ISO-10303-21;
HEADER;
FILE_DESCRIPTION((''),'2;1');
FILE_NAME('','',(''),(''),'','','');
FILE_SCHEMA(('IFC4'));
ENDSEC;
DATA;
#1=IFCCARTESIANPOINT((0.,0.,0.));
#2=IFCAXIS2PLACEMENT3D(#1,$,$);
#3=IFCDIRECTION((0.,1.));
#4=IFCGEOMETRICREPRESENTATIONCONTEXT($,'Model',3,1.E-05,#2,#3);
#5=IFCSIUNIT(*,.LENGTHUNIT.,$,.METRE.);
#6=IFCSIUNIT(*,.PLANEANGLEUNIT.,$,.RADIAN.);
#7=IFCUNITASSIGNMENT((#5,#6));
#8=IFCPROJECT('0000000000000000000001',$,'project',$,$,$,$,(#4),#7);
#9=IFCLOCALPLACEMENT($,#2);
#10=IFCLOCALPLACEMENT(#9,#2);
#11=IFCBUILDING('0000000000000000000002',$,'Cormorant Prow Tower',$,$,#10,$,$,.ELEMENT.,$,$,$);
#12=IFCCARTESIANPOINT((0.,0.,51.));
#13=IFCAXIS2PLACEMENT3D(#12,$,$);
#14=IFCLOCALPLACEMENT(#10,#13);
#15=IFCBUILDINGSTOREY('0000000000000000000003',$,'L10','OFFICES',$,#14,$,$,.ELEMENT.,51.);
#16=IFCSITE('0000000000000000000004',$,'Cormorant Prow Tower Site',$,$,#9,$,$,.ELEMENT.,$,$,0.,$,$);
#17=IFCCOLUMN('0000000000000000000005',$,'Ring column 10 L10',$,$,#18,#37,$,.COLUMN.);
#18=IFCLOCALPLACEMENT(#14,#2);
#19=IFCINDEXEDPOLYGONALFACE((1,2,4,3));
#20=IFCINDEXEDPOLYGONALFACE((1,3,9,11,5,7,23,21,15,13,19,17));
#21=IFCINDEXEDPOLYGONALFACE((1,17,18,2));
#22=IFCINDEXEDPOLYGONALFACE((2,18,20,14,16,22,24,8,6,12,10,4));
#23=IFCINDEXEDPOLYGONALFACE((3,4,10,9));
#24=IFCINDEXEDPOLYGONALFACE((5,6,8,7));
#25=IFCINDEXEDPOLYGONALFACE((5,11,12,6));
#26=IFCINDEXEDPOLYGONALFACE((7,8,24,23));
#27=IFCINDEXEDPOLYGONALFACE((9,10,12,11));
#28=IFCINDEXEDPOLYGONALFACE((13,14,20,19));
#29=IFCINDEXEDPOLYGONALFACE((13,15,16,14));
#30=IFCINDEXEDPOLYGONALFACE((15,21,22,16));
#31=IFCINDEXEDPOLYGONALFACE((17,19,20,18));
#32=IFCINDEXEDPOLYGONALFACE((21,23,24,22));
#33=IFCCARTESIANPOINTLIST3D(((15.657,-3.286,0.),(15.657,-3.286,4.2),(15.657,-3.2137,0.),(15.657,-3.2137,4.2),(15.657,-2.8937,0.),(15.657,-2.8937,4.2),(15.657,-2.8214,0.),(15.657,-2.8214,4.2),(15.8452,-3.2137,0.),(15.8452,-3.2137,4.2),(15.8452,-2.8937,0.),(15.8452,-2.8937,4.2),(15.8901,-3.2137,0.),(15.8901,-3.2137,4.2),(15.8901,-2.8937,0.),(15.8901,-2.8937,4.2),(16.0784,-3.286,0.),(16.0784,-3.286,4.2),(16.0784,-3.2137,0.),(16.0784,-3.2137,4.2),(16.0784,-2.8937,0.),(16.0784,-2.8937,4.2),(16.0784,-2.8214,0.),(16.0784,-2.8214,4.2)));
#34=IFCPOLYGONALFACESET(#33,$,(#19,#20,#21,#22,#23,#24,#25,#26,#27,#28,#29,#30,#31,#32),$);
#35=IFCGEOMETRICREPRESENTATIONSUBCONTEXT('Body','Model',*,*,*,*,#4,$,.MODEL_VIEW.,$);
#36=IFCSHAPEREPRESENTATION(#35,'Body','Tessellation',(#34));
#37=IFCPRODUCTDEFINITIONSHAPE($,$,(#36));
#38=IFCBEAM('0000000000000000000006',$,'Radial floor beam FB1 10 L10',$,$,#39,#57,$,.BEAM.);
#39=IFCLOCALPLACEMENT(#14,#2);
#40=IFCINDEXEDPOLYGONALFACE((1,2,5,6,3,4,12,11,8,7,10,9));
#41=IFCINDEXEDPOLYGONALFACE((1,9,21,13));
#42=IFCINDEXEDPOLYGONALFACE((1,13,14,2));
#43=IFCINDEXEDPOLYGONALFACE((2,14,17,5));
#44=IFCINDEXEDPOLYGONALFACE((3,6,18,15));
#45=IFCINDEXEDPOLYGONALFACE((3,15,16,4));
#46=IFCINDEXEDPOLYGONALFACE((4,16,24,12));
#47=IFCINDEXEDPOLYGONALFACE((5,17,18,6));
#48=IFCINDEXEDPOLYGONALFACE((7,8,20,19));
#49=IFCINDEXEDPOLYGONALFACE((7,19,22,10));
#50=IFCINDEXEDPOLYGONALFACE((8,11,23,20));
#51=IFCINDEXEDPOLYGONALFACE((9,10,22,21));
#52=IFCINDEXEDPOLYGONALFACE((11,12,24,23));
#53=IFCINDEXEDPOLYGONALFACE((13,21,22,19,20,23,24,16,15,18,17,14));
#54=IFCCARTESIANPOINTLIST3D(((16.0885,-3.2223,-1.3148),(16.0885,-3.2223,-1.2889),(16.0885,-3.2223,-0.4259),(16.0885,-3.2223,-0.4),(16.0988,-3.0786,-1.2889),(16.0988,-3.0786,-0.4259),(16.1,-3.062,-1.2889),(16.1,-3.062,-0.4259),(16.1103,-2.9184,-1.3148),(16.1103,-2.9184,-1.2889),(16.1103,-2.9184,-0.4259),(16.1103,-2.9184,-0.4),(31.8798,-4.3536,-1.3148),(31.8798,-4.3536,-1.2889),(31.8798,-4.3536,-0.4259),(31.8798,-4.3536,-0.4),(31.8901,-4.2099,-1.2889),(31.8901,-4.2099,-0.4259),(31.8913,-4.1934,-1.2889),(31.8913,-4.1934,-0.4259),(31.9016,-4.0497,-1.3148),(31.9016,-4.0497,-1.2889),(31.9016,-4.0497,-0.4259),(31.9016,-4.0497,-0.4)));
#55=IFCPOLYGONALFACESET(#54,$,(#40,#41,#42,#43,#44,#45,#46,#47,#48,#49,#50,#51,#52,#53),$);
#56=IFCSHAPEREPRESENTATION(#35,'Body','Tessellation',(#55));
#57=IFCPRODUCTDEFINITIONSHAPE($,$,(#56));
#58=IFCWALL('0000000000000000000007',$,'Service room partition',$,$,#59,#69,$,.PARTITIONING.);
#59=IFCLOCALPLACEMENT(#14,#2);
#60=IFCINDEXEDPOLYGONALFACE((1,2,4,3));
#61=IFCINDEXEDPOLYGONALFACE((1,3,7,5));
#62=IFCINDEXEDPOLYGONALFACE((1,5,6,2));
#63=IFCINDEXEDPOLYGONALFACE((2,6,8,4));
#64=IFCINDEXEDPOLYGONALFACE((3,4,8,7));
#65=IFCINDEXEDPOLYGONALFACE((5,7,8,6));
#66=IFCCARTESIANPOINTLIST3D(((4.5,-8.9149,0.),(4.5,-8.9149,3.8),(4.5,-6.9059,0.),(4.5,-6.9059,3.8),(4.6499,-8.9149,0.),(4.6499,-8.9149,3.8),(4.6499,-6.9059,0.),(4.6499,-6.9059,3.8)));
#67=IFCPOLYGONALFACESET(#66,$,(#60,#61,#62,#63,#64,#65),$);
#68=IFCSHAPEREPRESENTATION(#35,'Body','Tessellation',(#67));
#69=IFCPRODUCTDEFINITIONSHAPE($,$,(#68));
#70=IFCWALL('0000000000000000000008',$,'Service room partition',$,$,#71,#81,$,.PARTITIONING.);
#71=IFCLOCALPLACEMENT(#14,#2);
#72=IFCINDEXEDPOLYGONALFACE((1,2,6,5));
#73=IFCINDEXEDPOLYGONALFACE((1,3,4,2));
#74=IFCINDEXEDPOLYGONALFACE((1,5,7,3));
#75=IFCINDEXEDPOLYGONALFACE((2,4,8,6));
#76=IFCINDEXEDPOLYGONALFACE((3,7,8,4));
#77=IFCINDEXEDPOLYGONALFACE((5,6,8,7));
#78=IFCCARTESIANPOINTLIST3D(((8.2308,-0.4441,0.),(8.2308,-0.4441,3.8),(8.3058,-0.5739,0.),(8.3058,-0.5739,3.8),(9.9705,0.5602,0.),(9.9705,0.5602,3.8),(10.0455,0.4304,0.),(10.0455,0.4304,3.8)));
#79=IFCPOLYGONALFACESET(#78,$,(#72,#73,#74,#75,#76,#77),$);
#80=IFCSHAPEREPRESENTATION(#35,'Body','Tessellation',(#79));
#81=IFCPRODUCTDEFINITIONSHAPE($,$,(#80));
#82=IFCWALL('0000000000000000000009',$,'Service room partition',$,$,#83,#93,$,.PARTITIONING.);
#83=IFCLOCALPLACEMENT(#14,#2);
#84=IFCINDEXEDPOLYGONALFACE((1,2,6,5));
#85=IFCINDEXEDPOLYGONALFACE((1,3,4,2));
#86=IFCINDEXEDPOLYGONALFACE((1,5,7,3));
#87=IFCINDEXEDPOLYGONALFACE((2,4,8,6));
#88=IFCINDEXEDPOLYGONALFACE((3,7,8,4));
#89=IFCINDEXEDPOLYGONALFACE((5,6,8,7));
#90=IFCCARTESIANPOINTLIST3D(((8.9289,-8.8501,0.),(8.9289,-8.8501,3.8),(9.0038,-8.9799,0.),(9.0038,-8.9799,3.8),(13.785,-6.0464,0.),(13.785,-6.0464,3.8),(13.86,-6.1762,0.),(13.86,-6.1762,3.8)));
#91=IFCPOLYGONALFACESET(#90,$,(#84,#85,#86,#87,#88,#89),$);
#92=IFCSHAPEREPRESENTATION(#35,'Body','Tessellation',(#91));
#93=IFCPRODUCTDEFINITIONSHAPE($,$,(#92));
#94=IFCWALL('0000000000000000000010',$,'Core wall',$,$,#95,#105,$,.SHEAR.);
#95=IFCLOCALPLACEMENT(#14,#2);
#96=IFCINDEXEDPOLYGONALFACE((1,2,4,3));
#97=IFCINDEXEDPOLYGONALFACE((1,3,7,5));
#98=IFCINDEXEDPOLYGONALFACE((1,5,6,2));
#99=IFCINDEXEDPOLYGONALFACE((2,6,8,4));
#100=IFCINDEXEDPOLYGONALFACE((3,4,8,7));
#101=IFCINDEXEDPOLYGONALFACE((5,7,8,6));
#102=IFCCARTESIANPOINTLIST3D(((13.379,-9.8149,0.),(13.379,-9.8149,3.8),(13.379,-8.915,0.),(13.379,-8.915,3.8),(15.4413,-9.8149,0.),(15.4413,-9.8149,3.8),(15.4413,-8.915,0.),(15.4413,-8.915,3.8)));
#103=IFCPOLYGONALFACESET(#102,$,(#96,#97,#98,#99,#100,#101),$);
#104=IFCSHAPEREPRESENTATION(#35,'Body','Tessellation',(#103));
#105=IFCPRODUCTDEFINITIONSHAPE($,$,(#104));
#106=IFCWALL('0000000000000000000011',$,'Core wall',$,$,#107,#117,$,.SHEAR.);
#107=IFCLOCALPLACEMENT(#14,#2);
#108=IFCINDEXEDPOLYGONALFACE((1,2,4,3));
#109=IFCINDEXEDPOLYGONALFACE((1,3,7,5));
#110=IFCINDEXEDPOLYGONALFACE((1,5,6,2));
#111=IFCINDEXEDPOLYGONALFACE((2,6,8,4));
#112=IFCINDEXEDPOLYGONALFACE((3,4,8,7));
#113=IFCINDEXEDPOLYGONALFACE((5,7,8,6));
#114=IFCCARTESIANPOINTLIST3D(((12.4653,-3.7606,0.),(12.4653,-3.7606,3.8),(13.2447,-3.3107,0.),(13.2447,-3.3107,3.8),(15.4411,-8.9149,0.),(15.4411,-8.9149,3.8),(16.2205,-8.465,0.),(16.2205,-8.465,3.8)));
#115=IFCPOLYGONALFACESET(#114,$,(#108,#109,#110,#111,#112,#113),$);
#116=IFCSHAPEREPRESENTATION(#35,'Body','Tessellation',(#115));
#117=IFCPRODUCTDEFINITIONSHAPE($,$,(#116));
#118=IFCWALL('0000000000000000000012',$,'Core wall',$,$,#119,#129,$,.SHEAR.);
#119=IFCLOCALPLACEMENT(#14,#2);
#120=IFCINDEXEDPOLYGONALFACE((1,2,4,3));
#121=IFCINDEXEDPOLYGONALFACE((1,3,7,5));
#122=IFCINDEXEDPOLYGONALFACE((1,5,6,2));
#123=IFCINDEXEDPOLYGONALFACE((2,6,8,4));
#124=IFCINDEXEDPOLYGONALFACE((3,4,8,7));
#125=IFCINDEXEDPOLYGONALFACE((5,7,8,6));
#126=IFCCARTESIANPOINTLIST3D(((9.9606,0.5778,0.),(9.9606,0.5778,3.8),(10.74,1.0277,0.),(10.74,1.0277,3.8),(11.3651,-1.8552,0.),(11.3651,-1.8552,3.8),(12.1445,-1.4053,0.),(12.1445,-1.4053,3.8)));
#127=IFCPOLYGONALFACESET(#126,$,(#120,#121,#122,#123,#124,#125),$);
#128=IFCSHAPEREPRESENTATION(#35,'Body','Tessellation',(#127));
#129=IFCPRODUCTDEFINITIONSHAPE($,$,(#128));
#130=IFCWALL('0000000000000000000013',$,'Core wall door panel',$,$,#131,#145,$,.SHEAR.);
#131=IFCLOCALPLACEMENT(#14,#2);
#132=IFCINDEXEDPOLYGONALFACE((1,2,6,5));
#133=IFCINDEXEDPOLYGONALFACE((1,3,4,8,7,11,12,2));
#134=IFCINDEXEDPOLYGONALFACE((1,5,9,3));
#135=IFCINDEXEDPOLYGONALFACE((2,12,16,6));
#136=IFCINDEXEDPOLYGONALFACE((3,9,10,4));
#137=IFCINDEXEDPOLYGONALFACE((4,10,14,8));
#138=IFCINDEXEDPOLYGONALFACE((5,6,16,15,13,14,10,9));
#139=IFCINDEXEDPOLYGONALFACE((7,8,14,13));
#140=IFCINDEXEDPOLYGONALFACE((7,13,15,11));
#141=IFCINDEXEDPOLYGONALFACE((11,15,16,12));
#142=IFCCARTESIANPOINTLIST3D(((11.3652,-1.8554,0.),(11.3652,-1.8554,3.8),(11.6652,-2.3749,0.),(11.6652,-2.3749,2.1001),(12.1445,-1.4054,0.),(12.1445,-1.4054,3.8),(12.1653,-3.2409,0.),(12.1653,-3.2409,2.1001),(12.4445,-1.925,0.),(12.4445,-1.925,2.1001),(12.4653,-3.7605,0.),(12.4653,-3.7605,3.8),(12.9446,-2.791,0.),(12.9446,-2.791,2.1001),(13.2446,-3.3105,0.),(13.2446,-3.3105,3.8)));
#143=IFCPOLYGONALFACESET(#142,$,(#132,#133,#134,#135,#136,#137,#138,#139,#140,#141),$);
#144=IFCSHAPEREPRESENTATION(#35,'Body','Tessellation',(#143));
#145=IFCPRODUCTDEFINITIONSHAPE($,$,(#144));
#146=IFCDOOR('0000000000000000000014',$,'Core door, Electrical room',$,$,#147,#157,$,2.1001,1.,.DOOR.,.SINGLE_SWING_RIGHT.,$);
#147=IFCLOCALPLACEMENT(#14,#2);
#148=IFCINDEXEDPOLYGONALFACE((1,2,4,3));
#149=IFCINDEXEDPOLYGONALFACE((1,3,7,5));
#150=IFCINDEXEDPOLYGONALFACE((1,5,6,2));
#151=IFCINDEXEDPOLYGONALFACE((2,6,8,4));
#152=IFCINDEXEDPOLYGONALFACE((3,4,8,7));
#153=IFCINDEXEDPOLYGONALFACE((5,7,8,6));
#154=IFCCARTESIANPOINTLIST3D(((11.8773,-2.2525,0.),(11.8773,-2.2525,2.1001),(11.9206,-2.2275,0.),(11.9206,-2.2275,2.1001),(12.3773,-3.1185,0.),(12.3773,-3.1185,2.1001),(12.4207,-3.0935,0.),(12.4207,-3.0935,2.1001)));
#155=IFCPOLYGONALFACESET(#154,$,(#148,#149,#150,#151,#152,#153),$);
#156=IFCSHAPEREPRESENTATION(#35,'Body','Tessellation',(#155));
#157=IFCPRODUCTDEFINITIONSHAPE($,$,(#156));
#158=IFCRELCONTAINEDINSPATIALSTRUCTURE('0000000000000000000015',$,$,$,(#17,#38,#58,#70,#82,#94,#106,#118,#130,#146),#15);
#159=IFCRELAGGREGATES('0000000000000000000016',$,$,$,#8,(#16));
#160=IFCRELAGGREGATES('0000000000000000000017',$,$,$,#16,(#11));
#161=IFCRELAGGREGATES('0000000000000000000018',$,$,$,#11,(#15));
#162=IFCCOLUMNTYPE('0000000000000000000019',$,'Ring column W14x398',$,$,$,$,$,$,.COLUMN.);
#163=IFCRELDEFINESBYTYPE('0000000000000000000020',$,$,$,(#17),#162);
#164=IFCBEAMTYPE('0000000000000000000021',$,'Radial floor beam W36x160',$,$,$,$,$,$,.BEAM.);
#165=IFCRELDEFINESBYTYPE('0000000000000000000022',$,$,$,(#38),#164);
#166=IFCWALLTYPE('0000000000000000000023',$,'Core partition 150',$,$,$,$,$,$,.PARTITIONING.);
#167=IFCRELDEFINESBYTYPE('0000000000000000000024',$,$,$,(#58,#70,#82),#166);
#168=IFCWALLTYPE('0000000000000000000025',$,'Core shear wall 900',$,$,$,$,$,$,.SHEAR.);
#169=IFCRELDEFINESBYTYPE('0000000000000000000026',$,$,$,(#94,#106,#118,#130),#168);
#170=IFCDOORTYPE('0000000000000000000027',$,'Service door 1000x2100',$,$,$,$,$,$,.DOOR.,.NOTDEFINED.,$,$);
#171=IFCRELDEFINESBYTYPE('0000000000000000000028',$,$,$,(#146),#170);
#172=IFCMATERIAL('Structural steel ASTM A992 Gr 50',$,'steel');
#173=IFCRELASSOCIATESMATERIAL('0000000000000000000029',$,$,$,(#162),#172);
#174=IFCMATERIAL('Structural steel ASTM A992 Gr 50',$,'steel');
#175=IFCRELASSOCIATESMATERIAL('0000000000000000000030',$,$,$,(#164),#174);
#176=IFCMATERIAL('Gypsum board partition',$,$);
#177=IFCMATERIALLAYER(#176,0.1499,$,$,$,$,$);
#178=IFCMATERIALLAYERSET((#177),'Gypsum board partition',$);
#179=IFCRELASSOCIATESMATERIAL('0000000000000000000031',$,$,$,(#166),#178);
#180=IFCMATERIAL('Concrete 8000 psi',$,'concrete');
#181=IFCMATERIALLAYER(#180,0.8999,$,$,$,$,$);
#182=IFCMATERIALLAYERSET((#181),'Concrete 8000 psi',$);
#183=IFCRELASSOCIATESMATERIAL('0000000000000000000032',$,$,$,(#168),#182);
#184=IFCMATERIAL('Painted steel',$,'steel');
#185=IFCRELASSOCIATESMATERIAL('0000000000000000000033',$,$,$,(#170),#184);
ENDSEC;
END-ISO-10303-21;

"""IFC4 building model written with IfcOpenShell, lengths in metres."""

from ifc_helpers import new_model, si_unit, direction, frame, frame_2d, origin, origin_2d, place, context, subcontext, project, spatial, rectangle, i_section, extrude, material, layer, layer_set, material_profile, profile_set, type_object, element, fill, save


model = new_model("IFC4")

# Units and contexts
model_context = context("Model", 3, precision=1e-05, world=origin(), true_north=direction((0.0, 1.0)))
body_context = subcontext(model_context, "Body", "Model", "MODEL_VIEW")
ifc_project = project(units=[si_unit("LENGTHUNIT", "METRE"), si_unit("PLANEANGLEUNIT", "RADIAN")], contexts=[model_context])

# Site, building, storey
site_placement = place(None, origin())
site = spatial("IfcSite", under=ifc_project, at=site_placement, Name="Cormorant Prow Tower Site", CompositionType="ELEMENT", RefElevation=0.0)
building_placement = place(site_placement, origin())
building = spatial("IfcBuilding", under=site, at=building_placement, Name="Cormorant Prow Tower", CompositionType="ELEMENT")
storey_placement = place(building_placement, frame((0.0, 0.0, 51.0)))
storey = spatial("IfcBuildingStorey", under=building, at=storey_placement, Name="L10", Description="OFFICES", CompositionType="ELEMENT", Elevation=51.0)

# Column
ifc_material_1 = material(Name="Structural steel ASTM A992 Gr 50", Category="steel")
ifc_material_profile_1 = material_profile(ifc_material_1, i_section(OverallWidth=0.4214, OverallDepth=0.4646, WebThickness=0.0449, FlangeThickness=0.0723, at=origin_2d()), Name="W14x398")
ifc_profile_set_1 = profile_set([ifc_material_profile_1], Name="Structural steel ASTM A992 Gr 50")
column_type = type_object("IfcColumnType", Name="Ring column W14x398", PredefinedType="COLUMN", material=ifc_profile_set_1)
column_placement = place(storey_placement, frame((15.8677, -3.0537, 0.0), z_axis=(0.0, 0.0, 1.0), x_axis=(1.0, 0.0, 0.0)))
element("IfcColumn", 1, at=column_placement, inside=storey, type_object=column_type, Name="Ring column 10 L10", PredefinedType="COLUMN", context=body_context, shape_type="SweptSolid", body=[
    extrude(i_section(OverallWidth=0.4214, OverallDepth=0.4646, WebThickness=0.0449, FlangeThickness=0.0723, at=origin_2d()), origin(), (0.0, 0.0, 1.0), 4.2),
])

# Beam
ifc_material_2 = material(Name="Structural steel ASTM A992 Gr 50", Category="steel")
ifc_material_profile_2 = material_profile(ifc_material_2, i_section(OverallWidth=0.3047, OverallDepth=0.9148, WebThickness=0.0166, FlangeThickness=0.0259, at=origin_2d()), Name="W36x160")
ifc_profile_set_2 = profile_set([ifc_material_profile_2], Name="Structural steel ASTM A992 Gr 50")
beam_type = type_object("IfcBeamType", Name="Radial floor beam W36x160", PredefinedType="BEAM", material=ifc_profile_set_2)
beam_placement = place(storey_placement, frame((16.0994, -3.0703, -0.8574), z_axis=(0.997443, -0.071461, 0.0), x_axis=(0.071461, 0.997443, 0.0)))
element("IfcBeam", 2, at=beam_placement, inside=storey, type_object=beam_type, Name="Radial floor beam FB1 10 L10", PredefinedType="BEAM", context=body_context, shape_type="SweptSolid", body=[
    extrude(i_section(OverallWidth=0.3047, OverallDepth=0.9148, WebThickness=0.0166, FlangeThickness=0.0259, at=origin_2d()), origin(), (0.0, 0.0, 1.0), 15.8318),
])

# Walls
ifc_material_3 = material(Name="Gypsum board partition")
ifc_layer_1 = layer(ifc_material_3, 0.1499)
ifc_layer_set_1 = layer_set([ifc_layer_1], Name="Gypsum board partition")
wall_type_1 = type_object("IfcWallType", Name="Core partition 150", PredefinedType="PARTITIONING", material=ifc_layer_set_1)
wall_1_placement = place(storey_placement, frame((4.575, -6.906, 0.0), z_axis=(0.0, 0.0, 1.0), x_axis=(0.0, -1.0, 0.0)))
element("IfcWall", 3, at=wall_1_placement, inside=storey, type_object=wall_type_1, Name="Service room partition", PredefinedType="PARTITIONING", context=body_context, shape_type="SweptSolid", body=[
    extrude(rectangle(XDim=2.009, YDim=0.1499, at=frame_2d((1.0044, 0.0))), origin(), (0.0, 0.0, 1.0), 3.8),
])
wall_2_placement = place(storey_placement, frame((8.2683, -0.509, 0.0), z_axis=(0.0, 0.0, 1.0), x_axis=(0.866036, 0.499982, 0.0)))
element("IfcWall", 4, at=wall_2_placement, inside=storey, type_object=wall_type_1, Name="Service room partition", PredefinedType="PARTITIONING", context=body_context, shape_type="SweptSolid", body=[
    extrude(rectangle(XDim=2.0088, YDim=0.1499, at=frame_2d((1.0044, 0.0))), origin(), (0.0, 0.0, 1.0), 3.8),
])
wall_3_placement = place(storey_placement, frame((13.8225, -6.1113, 0.0), z_axis=(0.0, 0.0, 1.0), x_axis=(-0.866027, -0.499998, 0.0)))
element("IfcWall", 5, at=wall_3_placement, inside=storey, type_object=wall_type_1, Name="Service room partition", PredefinedType="PARTITIONING", context=body_context, shape_type="SweptSolid", body=[
    extrude(rectangle(XDim=5.6074, YDim=0.1499, at=frame_2d((2.8037, 0.0))), origin(), (0.0, 0.0, 1.0), 3.8),
])
ifc_material_4 = material(Name="Concrete 8000 psi", Category="concrete")
ifc_layer_2 = layer(ifc_material_4, 0.8999)
ifc_layer_set_2 = layer_set([ifc_layer_2], Name="Concrete 8000 psi")
wall_type_2 = type_object("IfcWallType", Name="Core shear wall 900", PredefinedType="SHEAR", material=ifc_layer_set_2)
wall_4_placement = place(storey_placement, frame((13.3789, -9.365, 0.0), z_axis=(0.0, 0.0, 1.0), x_axis=(1.0, 0.0, 0.0)))
element("IfcWall", 6, at=wall_4_placement, inside=storey, type_object=wall_type_2, Name="Core wall", PredefinedType="SHEAR", context=body_context, shape_type="SweptSolid", body=[
    extrude(rectangle(XDim=2.0623, YDim=0.8999, at=frame_2d((1.0312, 0.0))), origin(), (0.0, 0.0, 1.0), 3.8),
])
wall_5_placement = place(storey_placement, frame((15.8308, -8.6899, 0.0), z_axis=(0.0, 0.0, 1.0), x_axis=(-0.499999, 0.866026, 0.0)))
element("IfcWall", 7, at=wall_5_placement, inside=storey, type_object=wall_type_2, Name="Core wall", PredefinedType="SHEAR", context=body_context, shape_type="SweptSolid", body=[
    extrude(rectangle(XDim=5.9517, YDim=0.8999, at=frame_2d((2.9758, 0.0))), origin(), (0.0, 0.0, 1.0), 3.8),
])
wall_6_placement = place(storey_placement, frame((11.7549, -1.6304, 0.0), z_axis=(0.0, 0.0, 1.0), x_axis=(-0.499943, 0.866058, 0.0)))
element("IfcWall", 8, at=wall_6_placement, inside=storey, type_object=wall_type_2, Name="Core wall", PredefinedType="SHEAR", context=body_context, shape_type="SweptSolid", body=[
    extrude(rectangle(XDim=2.8093, YDim=0.8999, at=frame_2d((1.4048, 0.0))), origin(), (0.0, 0.0, 1.0), 3.8),
])

# Wall, opening, door
wall_7_placement = place(storey_placement, frame((12.855, -3.5356, 0.0), z_axis=(0.0, 0.0, 1.0), x_axis=(-0.50003, 0.866008, 0.0)))
wall_7 = element("IfcWall", 9, at=wall_7_placement, inside=storey, type_object=wall_type_2, Name="Core wall door panel", PredefinedType="SHEAR", context=body_context, shape_type="SweptSolid", body=[
    extrude(rectangle(XDim=2.2, YDim=0.8999, at=frame_2d((1.1001, 0.0))), origin(), (0.0, 0.0, 1.0), 3.8),
])
opening_1_placement = place(wall_7_placement, frame((0.6001, 0.0, 0.0)))
opening_1 = element("IfcOpeningElement", 10, at=opening_1_placement, cuts=wall_7, PredefinedType="OPENING", context=body_context, shape_type="SweptSolid", body=[
    extrude(rectangle(XDim=1.0, YDim=2.1001, at=frame_2d((0.5, 1.05))), frame((0.0, 0.46, 0.0), z_axis=(0.0, -1.0, 0.0), x_axis=(1.0, 0.0, 0.0)), (0.0, 0.0, 1.0), 0.9199),
])
ifc_material_5 = material(Name="Painted steel", Category="steel")
door_type_1 = type_object("IfcDoorType", Name="Service door 1000x2100", OperationType="NOTDEFINED", PredefinedType="DOOR", material=ifc_material_5)
door_1_placement = place(opening_1_placement, origin())
door_1 = element("IfcDoor", 11, at=door_1_placement, inside=storey, type_object=door_type_1, Name="Core door, Electrical room", OperationType="SINGLE_SWING_RIGHT", OverallHeight=2.1001, OverallWidth=1.0, PredefinedType="DOOR", context=body_context, shape_type="SweptSolid", body=[
    extrude(rectangle(XDim=1.0, YDim=2.1001, at=frame_2d((0.5, 1.05))), frame((0.0, 0.2051, 0.0), z_axis=(0.0, -1.0, 0.0), x_axis=(1.0, 0.0, 0.0)), (0.0, 0.0, 1.0), 0.05),
])
fill(opening_1, door_1)

save(model, "model.ifc")
